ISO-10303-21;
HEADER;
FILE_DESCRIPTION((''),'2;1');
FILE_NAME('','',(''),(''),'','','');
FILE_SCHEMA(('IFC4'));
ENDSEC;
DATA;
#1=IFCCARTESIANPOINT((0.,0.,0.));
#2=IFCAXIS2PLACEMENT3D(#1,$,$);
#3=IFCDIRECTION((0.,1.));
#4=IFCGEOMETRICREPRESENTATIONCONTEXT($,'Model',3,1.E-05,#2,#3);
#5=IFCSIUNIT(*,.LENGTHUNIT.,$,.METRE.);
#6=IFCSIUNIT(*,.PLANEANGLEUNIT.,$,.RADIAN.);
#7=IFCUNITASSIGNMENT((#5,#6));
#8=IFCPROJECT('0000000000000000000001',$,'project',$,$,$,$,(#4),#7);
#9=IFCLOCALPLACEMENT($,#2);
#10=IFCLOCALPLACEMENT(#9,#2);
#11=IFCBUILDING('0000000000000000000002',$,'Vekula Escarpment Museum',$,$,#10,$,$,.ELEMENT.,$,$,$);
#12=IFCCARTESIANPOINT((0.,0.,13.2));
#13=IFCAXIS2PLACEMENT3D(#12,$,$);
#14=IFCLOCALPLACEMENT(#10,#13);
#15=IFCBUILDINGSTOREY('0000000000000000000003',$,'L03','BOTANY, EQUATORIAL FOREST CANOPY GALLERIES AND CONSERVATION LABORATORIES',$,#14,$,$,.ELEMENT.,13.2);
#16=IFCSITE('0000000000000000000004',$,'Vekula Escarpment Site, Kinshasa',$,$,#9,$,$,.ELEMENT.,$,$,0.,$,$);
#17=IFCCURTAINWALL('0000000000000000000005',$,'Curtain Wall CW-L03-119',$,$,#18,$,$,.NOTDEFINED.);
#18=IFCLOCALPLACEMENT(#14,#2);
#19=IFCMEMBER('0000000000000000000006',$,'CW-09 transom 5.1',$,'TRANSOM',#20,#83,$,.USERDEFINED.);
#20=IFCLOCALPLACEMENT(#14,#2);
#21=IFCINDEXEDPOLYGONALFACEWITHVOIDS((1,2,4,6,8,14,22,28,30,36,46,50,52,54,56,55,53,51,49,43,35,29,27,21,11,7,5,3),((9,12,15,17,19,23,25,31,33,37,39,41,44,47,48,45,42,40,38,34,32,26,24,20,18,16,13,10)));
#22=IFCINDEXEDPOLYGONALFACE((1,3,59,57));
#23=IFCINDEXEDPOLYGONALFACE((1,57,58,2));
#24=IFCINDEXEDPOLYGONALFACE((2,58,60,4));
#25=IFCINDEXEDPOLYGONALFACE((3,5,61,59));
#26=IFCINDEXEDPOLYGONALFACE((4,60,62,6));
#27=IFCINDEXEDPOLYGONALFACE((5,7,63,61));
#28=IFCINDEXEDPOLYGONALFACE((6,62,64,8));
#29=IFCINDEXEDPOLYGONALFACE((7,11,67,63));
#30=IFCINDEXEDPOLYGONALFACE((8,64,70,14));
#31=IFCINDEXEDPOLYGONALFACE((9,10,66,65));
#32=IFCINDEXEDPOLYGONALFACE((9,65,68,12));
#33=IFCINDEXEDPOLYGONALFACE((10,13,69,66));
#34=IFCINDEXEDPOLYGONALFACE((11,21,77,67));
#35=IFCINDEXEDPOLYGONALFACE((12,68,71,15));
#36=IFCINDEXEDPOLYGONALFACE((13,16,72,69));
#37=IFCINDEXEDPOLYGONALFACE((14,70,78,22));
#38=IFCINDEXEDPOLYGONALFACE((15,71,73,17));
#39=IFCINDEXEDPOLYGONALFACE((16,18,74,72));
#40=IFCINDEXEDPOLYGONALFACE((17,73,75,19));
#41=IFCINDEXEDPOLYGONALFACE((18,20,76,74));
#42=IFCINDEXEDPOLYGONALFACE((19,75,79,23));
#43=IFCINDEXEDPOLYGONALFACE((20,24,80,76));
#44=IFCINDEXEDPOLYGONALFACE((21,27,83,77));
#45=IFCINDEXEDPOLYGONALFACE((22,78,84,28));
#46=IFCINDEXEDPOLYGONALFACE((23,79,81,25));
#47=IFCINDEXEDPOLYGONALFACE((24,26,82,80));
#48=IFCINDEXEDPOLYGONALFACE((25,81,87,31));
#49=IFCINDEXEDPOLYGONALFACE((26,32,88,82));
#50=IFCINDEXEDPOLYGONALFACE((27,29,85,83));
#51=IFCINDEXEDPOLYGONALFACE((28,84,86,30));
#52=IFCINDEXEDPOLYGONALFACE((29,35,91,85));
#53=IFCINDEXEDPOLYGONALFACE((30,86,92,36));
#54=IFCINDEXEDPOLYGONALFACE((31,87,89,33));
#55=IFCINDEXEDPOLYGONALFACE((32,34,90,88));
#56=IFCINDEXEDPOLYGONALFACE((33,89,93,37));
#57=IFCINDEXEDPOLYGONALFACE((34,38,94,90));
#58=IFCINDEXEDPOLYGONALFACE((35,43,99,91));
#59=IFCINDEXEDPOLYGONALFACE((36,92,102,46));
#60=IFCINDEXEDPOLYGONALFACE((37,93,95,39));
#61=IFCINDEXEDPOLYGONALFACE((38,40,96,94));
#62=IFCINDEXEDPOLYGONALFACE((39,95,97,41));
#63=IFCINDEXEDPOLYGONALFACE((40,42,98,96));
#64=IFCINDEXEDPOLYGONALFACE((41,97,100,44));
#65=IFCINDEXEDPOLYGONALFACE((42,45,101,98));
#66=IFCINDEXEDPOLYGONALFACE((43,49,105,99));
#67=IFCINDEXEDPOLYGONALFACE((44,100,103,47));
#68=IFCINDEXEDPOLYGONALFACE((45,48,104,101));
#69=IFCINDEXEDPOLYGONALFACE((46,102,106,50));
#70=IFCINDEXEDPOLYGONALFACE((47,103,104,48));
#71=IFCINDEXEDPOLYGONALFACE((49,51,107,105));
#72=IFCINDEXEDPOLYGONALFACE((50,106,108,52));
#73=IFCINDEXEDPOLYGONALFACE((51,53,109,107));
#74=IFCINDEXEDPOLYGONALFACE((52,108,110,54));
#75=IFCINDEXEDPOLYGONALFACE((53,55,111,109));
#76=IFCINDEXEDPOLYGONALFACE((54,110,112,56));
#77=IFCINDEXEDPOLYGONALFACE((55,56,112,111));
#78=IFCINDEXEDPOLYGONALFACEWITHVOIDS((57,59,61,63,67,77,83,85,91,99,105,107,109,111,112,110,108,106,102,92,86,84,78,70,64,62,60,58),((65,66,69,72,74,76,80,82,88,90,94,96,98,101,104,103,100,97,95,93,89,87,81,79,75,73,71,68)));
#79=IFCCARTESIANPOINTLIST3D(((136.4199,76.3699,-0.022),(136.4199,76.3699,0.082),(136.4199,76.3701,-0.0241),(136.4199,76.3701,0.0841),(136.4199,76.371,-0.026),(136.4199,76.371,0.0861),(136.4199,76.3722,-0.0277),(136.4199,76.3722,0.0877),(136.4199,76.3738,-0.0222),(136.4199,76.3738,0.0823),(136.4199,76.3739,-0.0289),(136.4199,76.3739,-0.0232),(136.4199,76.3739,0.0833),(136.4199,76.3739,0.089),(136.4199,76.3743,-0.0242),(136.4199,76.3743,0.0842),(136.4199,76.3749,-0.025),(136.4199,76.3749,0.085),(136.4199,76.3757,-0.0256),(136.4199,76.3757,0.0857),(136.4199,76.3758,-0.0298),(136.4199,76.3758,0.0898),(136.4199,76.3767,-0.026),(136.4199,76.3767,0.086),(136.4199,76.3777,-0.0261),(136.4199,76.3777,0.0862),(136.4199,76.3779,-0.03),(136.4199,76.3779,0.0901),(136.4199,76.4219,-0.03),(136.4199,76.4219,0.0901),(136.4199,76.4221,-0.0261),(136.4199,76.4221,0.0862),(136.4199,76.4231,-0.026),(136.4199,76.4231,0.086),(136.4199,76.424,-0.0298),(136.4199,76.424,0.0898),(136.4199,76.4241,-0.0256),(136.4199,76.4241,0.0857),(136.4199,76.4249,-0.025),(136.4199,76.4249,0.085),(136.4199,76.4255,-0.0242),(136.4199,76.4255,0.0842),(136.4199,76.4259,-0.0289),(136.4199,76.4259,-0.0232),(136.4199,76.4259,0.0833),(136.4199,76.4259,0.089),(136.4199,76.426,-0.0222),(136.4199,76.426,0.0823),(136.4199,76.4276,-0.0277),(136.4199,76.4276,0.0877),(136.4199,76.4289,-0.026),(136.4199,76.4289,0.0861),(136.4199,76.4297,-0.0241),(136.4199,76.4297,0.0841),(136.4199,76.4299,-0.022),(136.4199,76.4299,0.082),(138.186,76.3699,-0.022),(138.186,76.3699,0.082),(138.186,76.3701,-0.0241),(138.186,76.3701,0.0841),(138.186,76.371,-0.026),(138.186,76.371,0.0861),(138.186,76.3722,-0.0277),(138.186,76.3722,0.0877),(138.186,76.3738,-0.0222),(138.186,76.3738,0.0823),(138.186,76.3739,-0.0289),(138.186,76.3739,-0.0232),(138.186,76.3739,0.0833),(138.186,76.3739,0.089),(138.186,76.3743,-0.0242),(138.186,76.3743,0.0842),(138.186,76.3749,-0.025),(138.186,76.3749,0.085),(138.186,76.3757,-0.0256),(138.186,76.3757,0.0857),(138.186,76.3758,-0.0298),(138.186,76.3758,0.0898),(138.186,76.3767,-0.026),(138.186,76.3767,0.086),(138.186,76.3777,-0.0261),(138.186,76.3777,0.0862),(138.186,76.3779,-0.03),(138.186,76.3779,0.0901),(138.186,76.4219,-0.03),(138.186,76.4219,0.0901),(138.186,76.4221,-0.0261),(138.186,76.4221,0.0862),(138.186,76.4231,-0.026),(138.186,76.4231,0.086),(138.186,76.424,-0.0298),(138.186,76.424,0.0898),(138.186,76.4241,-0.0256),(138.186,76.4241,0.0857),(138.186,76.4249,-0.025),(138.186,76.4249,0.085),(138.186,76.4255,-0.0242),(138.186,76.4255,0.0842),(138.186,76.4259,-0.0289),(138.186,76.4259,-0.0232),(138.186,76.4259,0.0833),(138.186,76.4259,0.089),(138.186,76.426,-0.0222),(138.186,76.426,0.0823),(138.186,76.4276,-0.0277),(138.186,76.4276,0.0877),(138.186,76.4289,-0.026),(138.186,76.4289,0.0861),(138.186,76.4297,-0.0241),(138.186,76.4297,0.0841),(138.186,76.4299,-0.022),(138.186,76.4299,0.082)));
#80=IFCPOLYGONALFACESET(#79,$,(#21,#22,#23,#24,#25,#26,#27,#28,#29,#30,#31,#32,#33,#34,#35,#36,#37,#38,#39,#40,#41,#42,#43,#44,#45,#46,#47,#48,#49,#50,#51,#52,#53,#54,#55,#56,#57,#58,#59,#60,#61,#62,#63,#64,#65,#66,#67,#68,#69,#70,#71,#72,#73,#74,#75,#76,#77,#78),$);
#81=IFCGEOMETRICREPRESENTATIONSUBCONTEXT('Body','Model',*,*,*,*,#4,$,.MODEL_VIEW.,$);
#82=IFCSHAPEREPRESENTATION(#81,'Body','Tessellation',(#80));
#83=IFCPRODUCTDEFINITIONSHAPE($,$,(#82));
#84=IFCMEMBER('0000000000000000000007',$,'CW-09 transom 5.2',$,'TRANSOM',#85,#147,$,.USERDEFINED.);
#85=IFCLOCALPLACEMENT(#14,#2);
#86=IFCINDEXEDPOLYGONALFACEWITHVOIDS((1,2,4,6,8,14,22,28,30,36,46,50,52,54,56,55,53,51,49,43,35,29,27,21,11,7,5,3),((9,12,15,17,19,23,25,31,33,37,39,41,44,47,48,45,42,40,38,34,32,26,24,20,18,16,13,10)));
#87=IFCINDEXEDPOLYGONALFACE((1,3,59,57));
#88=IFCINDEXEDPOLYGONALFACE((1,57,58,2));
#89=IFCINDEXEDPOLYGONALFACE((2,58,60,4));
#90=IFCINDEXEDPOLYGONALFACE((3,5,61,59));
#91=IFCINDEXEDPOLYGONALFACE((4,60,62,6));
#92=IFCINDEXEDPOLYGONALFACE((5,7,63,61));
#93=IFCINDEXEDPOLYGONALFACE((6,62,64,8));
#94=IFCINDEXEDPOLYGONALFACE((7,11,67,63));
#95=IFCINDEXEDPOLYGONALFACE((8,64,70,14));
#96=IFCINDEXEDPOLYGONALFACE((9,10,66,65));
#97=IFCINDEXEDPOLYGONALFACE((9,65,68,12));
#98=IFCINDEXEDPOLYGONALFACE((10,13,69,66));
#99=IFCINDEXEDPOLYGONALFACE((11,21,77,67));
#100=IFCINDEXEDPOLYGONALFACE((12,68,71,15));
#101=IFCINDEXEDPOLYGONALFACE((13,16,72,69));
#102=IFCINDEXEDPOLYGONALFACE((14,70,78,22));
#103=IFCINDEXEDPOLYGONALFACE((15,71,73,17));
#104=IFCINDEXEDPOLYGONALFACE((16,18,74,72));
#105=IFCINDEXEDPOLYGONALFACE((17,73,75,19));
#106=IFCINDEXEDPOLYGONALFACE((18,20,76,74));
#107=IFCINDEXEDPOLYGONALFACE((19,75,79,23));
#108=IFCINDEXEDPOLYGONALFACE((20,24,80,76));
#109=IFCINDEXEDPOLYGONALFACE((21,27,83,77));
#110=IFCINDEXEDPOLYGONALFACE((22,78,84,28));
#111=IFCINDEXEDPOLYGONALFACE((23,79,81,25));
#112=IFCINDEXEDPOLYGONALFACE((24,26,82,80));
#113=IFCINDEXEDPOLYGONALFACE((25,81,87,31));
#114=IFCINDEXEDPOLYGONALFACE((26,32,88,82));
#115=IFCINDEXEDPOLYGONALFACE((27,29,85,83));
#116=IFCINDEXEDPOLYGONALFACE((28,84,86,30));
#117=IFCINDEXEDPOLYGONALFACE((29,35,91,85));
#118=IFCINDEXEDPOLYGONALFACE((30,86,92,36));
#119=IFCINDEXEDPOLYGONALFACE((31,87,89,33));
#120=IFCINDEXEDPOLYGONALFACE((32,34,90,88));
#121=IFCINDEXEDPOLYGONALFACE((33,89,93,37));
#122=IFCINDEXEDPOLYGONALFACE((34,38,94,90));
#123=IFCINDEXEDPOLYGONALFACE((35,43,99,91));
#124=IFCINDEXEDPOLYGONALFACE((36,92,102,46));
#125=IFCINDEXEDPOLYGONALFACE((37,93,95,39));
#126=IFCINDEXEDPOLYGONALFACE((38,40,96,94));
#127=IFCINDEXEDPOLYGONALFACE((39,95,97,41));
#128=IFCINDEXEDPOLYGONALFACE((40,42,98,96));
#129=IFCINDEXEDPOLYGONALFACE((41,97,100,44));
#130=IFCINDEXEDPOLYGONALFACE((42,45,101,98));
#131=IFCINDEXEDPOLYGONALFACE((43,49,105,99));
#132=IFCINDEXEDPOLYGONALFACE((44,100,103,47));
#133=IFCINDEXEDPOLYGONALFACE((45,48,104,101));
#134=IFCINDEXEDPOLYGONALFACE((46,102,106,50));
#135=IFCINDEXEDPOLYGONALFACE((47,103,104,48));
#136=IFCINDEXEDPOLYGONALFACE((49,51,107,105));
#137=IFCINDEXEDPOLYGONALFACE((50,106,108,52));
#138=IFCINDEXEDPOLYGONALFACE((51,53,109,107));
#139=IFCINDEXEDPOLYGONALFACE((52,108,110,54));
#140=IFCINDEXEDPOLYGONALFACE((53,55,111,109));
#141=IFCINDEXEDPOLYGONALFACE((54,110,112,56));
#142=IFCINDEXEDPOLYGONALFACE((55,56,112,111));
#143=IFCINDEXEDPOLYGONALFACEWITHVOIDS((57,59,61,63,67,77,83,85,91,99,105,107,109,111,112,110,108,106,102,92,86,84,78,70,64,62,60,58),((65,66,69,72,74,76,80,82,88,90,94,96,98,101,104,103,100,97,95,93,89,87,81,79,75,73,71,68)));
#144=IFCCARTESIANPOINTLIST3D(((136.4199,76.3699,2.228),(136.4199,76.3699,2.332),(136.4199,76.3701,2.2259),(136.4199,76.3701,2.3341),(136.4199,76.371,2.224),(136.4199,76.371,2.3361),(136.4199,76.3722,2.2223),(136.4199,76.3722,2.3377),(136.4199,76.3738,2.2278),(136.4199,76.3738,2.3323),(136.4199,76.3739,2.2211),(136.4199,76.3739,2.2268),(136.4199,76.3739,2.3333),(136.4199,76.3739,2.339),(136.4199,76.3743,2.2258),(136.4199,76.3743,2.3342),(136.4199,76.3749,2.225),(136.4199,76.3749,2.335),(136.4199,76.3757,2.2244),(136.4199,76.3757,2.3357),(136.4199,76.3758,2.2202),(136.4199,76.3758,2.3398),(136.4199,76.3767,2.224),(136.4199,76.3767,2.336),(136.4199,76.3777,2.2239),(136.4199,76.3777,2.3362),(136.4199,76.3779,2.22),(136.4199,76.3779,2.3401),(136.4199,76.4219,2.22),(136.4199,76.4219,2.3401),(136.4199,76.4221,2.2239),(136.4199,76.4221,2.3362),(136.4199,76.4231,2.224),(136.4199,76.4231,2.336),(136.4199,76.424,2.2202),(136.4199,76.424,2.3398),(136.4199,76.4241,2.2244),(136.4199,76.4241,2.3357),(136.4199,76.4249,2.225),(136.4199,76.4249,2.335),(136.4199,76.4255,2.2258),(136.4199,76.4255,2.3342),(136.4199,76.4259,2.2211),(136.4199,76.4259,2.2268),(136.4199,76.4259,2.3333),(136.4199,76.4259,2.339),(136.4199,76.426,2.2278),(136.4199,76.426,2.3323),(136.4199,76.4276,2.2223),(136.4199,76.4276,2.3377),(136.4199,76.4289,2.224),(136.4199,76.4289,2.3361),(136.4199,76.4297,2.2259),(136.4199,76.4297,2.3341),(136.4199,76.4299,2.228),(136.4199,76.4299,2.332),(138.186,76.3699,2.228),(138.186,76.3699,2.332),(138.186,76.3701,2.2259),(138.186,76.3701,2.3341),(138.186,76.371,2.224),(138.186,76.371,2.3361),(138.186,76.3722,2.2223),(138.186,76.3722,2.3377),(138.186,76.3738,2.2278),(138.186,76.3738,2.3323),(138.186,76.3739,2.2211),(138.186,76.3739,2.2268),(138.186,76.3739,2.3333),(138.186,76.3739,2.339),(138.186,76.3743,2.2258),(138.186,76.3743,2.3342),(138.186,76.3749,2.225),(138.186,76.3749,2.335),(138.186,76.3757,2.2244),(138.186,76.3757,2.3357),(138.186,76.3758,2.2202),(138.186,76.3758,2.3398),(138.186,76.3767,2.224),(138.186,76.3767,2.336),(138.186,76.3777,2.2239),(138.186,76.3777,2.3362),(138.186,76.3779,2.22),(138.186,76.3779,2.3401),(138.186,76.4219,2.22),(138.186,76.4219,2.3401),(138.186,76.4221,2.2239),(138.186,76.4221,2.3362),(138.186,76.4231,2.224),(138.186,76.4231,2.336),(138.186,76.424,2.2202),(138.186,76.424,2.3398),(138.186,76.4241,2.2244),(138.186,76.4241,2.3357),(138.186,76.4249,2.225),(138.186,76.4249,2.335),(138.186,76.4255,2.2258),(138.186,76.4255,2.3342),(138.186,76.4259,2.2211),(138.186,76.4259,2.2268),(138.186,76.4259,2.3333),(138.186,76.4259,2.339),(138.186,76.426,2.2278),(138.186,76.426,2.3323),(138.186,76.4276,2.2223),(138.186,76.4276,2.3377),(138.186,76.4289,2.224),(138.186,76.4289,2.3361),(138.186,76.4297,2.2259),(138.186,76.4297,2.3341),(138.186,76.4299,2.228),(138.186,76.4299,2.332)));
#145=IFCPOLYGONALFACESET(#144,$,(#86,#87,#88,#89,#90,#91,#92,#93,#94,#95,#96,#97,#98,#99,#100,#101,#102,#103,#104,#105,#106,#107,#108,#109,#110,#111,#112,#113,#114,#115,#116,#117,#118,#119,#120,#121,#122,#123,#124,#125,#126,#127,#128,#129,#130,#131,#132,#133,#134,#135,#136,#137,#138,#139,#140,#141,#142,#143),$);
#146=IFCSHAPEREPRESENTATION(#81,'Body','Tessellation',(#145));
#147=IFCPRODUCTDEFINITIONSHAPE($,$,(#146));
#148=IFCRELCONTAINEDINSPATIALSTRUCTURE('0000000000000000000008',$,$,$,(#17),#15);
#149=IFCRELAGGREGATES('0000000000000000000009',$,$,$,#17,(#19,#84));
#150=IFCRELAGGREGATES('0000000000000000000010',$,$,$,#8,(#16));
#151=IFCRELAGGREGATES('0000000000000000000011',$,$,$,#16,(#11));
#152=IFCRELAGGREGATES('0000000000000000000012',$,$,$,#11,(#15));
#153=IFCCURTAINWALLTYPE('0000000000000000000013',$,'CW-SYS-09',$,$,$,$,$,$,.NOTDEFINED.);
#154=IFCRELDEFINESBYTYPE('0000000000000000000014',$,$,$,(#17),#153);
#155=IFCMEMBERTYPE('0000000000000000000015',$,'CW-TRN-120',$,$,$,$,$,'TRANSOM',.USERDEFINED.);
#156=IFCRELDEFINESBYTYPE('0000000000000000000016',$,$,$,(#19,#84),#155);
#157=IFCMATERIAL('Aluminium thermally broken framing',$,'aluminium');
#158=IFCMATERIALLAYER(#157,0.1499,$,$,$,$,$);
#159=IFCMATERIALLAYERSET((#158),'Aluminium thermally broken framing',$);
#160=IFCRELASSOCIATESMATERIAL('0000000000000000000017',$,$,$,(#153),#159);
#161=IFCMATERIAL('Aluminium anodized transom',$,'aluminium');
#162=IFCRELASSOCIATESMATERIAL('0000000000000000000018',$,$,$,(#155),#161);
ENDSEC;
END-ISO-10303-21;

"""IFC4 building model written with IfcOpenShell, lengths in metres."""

from ifc_helpers import new_model, si_unit, direction, frame, origin, origin_2d, place, context, subcontext, project, spatial, hollow_rectangle, extrude, material, layer, layer_set, material_profile, profile_set, type_object, element, aggregate, save


model = new_model("IFC4")

# Units and contexts
model_context = context("Model", 3, precision=1e-05, world=origin(), true_north=direction((0.0, 1.0)))
body_context = subcontext(model_context, "Body", "Model", "MODEL_VIEW")
ifc_project = project(units=[si_unit("LENGTHUNIT", "METRE"), si_unit("PLANEANGLEUNIT", "RADIAN")], contexts=[model_context])

# Site, building, storey
site_placement = place(None, origin())
site = spatial("IfcSite", under=ifc_project, at=site_placement, Name="Vekula Escarpment Site, Kinshasa", CompositionType="ELEMENT", RefElevation=0.0)
building_placement = place(site_placement, origin())
building = spatial("IfcBuilding", under=site, at=building_placement, Name="Vekula Escarpment Museum", CompositionType="ELEMENT")
storey_placement = place(building_placement, frame((0.0, 0.0, 13.2)))
storey = spatial("IfcBuildingStorey", under=building, at=storey_placement, Name="L03", Description="BOTANY, EQUATORIAL FOREST CANOPY GALLERIES AND CONSERVATION LABORATORIES", CompositionType="ELEMENT", Elevation=13.2)

# Curtain wall
ifc_material_1 = material(Name="Aluminium thermally broken framing", Category="aluminium")
ifc_layer_1 = layer(ifc_material_1, 0.1499)
ifc_layer_set_1 = layer_set([ifc_layer_1], Name="Aluminium thermally broken framing")
curtain_wall_type_1 = type_object("IfcCurtainWallType", Name="CW-SYS-09", PredefinedType="NOTDEFINED", material=ifc_layer_set_1)
curtain_wall_1_placement = place(storey_placement, origin())
curtain_wall_1 = element("IfcCurtainWall", 1, at=curtain_wall_1_placement, inside=storey, type_object=curtain_wall_type_1, Name="Curtain Wall CW-L03-119", PredefinedType="NOTDEFINED")

# Members
ifc_material_2 = material(Name="Aluminium anodized transom", Category="aluminium")
ifc_material_profile_1 = material_profile(ifc_material_2, hollow_rectangle(XDim=0.0601, YDim=0.1201, WallThickness=0.0039, InnerFilletRadius=0.0039, OuterFilletRadius=0.0081, at=origin_2d()), Name="ALU 120x60x4")
ifc_profile_set_1 = profile_set([ifc_material_profile_1], Name="Aluminium anodized transom")
member_type_1 = type_object("IfcMemberType", Name="CW-TRN-120", ElementType="TRANSOM", PredefinedType="USERDEFINED", material=ifc_profile_set_1)
member_1_placement = place(storey_placement, frame((138.186, 76.3999, 0.03), z_axis=(-1.0, 0.0, 0.0), x_axis=(0.0, -1.0, 0.0)))
member_1 = element("IfcMember", 2, at=member_1_placement, type_object=member_type_1, Name="CW-09 transom 5.1", ObjectType="TRANSOM", PredefinedType="USERDEFINED", context=body_context, shape_type="SweptSolid", body=[
    extrude(hollow_rectangle(XDim=0.0601, YDim=0.1201, WallThickness=0.0039, InnerFilletRadius=0.0039, OuterFilletRadius=0.0081, at=origin_2d()), origin(), (0.0, 0.0, 1.0), 1.7661),
])
member_2_placement = place(storey_placement, frame((138.186, 76.3999, 2.28), z_axis=(-1.0, 0.0, 0.0), x_axis=(0.0, -1.0, 0.0)))
member_2 = element("IfcMember", 3, at=member_2_placement, type_object=member_type_1, Name="CW-09 transom 5.2", ObjectType="TRANSOM", PredefinedType="USERDEFINED", context=body_context, shape_type="SweptSolid", body=[
    extrude(hollow_rectangle(XDim=0.0601, YDim=0.1201, WallThickness=0.0039, InnerFilletRadius=0.0039, OuterFilletRadius=0.0081, at=origin_2d()), origin(), (0.0, 0.0, 1.0), 1.7661),
])

aggregate(curtain_wall_1, [member_1, member_2])

save(model, "model.ifc")
